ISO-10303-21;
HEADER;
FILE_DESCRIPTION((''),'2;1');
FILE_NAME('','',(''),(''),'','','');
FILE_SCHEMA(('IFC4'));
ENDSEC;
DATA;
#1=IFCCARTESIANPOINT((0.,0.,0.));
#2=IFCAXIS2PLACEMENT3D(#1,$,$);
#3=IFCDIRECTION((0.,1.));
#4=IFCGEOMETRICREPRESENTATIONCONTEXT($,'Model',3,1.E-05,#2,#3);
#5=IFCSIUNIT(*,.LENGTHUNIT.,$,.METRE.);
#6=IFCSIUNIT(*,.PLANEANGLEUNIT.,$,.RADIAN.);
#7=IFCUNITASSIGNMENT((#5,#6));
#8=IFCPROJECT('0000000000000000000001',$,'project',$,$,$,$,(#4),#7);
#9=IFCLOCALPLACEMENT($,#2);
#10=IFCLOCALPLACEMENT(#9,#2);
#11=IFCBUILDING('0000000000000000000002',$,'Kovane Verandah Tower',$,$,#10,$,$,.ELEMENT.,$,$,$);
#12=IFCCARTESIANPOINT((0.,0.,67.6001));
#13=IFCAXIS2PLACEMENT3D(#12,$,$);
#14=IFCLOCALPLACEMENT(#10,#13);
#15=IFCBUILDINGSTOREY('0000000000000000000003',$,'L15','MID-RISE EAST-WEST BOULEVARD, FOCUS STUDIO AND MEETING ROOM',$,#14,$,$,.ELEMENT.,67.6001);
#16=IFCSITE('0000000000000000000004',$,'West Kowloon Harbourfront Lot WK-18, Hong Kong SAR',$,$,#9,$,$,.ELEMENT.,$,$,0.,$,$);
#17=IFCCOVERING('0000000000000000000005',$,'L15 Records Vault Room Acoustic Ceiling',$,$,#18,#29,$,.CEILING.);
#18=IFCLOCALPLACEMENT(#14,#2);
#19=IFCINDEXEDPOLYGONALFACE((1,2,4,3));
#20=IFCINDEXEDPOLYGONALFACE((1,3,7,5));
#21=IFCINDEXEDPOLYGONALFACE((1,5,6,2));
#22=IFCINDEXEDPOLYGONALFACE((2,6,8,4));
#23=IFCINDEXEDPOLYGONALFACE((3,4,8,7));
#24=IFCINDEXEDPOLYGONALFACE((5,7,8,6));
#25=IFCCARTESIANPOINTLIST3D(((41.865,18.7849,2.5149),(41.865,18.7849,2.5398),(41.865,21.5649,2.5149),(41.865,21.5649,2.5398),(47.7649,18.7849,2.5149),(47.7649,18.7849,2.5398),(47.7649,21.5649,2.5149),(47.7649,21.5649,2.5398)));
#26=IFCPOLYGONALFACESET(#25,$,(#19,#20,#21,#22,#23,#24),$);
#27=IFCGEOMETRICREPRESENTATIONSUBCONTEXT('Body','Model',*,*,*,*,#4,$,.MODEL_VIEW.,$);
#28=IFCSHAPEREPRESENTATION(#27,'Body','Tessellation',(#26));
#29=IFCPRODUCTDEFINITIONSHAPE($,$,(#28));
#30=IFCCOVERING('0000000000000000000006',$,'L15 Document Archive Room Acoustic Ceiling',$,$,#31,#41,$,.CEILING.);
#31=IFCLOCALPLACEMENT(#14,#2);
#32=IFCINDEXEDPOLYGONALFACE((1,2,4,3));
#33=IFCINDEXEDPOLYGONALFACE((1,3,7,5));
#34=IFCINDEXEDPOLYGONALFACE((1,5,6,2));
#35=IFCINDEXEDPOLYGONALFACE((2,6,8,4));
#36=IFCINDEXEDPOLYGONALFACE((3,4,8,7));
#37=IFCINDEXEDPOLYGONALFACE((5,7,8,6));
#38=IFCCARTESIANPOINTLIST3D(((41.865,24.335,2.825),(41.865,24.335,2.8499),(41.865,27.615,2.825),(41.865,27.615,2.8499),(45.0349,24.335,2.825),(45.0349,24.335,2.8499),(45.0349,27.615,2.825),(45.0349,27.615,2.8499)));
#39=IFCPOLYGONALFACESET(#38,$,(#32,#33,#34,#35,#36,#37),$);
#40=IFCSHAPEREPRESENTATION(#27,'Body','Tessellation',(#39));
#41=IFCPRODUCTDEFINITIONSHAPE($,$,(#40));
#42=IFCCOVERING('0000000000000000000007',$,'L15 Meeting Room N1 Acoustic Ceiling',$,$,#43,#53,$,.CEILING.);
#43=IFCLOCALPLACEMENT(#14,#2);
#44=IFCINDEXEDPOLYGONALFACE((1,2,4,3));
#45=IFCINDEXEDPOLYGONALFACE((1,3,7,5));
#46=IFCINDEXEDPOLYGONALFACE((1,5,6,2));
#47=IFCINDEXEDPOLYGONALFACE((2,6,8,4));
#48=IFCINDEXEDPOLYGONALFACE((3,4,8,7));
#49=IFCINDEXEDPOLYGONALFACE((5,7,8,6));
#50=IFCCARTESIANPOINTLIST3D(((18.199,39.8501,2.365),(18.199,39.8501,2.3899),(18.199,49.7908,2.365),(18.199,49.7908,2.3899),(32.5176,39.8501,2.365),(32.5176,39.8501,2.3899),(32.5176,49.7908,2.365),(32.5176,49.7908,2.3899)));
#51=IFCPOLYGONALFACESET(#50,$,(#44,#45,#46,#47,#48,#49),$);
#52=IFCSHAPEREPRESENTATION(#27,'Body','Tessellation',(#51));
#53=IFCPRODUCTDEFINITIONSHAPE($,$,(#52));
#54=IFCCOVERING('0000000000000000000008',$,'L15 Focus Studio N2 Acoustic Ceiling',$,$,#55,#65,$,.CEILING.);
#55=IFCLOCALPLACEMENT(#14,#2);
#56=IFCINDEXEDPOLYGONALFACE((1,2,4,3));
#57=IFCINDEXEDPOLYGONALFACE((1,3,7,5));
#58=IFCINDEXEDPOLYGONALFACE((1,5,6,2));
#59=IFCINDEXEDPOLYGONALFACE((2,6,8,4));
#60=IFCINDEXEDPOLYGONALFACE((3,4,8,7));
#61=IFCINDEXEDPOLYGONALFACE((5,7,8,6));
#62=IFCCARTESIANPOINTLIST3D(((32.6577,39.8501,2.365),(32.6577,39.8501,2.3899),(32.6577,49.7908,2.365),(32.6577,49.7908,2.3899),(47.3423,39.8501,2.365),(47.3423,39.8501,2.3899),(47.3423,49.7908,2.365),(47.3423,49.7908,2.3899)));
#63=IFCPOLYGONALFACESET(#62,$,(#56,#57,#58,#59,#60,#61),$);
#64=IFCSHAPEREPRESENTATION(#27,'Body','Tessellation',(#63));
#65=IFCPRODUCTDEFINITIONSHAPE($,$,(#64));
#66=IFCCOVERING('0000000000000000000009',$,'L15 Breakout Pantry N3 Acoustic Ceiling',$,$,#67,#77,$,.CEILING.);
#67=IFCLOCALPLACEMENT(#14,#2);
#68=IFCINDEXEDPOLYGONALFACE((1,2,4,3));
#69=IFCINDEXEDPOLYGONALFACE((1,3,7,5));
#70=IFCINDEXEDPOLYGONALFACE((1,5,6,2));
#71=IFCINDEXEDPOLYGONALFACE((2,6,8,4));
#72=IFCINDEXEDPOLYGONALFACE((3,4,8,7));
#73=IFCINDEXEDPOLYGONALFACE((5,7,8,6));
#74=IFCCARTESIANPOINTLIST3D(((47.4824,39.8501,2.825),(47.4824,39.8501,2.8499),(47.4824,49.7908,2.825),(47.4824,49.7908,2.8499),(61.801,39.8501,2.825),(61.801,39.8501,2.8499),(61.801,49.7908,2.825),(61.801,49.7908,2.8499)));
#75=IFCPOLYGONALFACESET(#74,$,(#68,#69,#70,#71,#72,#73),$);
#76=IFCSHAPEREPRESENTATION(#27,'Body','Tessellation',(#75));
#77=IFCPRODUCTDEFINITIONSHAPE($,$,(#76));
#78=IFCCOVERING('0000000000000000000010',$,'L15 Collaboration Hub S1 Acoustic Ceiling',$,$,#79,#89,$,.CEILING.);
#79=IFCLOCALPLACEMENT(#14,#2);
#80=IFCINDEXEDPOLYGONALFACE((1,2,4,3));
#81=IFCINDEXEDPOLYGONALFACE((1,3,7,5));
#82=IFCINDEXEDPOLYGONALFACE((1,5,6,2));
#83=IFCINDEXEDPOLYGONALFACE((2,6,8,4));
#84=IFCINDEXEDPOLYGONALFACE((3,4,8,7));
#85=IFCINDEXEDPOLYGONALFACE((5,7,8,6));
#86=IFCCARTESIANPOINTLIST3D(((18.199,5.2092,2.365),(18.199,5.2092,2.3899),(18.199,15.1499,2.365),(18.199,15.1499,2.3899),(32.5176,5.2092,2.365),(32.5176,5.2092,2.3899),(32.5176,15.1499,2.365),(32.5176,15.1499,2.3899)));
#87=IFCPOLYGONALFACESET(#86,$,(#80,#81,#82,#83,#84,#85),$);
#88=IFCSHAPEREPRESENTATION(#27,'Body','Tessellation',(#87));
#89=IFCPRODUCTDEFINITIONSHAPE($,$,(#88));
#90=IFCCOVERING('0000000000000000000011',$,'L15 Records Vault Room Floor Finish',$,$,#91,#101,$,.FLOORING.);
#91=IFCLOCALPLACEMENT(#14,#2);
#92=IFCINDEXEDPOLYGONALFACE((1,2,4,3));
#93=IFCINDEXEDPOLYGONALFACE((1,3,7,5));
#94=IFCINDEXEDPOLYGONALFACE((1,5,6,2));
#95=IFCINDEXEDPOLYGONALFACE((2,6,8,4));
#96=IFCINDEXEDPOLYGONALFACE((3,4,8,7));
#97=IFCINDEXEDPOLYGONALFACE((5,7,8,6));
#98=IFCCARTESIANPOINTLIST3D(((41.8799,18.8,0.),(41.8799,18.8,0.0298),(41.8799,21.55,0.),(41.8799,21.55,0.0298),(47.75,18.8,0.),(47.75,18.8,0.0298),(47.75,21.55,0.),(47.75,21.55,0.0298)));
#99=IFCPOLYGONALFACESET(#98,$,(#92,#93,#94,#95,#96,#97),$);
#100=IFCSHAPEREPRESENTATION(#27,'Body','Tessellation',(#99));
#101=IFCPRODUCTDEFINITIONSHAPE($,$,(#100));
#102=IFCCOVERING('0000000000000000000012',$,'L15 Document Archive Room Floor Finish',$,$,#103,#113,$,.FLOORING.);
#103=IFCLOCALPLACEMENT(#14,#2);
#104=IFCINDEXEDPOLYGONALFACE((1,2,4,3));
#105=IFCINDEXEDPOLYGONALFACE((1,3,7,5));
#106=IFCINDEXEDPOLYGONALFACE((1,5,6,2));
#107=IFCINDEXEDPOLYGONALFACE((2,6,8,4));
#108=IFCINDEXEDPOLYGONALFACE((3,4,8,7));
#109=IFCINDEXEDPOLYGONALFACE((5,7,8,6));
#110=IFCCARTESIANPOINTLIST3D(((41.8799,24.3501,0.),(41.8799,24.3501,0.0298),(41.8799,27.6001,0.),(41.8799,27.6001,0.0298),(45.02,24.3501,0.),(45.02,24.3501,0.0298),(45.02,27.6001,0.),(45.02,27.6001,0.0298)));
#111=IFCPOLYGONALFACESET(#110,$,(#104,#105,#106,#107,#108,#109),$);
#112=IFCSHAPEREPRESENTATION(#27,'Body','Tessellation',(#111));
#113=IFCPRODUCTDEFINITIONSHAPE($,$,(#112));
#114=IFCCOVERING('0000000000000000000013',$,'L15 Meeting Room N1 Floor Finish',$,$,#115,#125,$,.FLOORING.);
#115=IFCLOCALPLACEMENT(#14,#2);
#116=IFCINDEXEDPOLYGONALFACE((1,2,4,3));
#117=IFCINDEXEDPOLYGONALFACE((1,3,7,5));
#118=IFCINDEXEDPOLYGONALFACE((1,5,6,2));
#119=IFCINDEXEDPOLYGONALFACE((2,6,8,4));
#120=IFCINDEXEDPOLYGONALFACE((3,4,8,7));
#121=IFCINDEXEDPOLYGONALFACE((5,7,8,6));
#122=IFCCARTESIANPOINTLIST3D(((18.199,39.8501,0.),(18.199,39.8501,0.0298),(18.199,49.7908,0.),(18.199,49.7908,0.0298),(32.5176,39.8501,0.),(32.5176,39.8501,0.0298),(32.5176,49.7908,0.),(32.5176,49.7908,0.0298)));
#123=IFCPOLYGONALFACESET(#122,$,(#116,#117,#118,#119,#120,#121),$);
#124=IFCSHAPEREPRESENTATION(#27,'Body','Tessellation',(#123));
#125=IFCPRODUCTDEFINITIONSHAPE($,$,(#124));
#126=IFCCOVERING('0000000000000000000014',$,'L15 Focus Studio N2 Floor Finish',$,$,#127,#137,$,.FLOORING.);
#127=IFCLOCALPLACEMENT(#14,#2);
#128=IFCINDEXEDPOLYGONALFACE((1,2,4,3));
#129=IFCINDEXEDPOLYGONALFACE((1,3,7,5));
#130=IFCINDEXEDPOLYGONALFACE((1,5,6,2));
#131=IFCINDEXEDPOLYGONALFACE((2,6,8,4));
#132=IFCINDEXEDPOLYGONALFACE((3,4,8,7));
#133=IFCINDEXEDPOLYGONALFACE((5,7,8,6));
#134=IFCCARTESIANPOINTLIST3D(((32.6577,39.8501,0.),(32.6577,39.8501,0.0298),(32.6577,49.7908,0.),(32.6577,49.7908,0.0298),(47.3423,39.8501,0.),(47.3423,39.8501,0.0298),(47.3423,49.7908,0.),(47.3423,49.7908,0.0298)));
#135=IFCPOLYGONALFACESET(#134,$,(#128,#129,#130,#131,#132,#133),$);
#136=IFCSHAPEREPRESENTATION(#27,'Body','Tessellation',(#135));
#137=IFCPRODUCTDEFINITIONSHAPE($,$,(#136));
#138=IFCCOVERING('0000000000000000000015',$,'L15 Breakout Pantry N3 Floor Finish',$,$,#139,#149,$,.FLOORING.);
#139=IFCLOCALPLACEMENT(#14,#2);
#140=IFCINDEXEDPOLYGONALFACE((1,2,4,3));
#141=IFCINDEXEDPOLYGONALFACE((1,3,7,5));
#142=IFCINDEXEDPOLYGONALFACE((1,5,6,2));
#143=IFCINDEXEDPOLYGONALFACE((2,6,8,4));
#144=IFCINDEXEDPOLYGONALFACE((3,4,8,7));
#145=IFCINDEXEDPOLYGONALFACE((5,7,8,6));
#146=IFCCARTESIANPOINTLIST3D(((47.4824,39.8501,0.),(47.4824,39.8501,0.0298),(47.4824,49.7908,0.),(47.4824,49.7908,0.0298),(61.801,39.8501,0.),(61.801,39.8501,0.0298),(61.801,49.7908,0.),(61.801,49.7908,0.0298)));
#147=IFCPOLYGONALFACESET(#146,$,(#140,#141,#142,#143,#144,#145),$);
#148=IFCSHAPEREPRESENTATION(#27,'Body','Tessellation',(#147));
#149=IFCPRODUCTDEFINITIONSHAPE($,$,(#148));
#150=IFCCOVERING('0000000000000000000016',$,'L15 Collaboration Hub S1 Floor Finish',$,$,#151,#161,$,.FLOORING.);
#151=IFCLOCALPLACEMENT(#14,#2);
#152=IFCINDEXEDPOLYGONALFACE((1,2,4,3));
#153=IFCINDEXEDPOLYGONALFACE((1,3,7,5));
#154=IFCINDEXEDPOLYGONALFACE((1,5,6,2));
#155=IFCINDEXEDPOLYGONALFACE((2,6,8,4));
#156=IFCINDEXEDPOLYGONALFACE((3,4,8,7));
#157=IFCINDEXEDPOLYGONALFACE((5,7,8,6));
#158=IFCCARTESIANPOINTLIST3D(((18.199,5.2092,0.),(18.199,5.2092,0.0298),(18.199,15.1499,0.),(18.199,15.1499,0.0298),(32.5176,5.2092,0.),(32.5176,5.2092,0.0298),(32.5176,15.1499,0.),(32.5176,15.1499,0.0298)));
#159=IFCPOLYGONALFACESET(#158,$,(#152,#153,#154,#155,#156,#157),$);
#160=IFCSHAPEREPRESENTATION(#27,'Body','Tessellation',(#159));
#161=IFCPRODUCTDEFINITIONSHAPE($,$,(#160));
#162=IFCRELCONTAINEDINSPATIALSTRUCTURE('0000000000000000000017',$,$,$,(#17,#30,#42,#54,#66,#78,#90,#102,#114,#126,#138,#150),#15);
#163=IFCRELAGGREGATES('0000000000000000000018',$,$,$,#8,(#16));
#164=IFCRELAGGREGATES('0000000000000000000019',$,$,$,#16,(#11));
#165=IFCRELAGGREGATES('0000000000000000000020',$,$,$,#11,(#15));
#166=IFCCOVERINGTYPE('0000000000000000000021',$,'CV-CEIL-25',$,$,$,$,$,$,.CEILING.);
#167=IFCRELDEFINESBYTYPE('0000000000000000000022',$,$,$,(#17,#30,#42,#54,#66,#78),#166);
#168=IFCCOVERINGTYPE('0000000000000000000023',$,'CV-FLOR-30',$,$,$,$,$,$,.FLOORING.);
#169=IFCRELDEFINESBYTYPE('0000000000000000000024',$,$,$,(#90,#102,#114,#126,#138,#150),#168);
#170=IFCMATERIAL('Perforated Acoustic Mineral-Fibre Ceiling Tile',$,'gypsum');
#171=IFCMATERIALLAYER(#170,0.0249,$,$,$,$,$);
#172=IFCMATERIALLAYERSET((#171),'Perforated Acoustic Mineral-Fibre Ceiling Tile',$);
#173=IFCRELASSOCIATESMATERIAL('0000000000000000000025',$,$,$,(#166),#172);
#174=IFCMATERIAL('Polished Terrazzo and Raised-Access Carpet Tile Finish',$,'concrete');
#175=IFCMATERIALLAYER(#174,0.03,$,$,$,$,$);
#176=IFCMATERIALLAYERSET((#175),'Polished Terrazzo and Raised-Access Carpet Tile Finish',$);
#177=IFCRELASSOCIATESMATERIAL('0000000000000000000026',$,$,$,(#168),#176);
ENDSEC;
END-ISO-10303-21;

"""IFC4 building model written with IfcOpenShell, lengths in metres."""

from ifc_helpers import new_model, si_unit, direction, frame, origin, place, context, subcontext, project, spatial, polyline, outline, extrude, material, layer, layer_set, type_object, element, save


model = new_model("IFC4")

# Units and contexts
model_context = context("Model", 3, precision=1e-05, world=origin(), true_north=direction((0.0, 1.0)))
body_context = subcontext(model_context, "Body", "Model", "MODEL_VIEW")
ifc_project = project(units=[si_unit("LENGTHUNIT", "METRE"), si_unit("PLANEANGLEUNIT", "RADIAN")], contexts=[model_context])

# Site, building, storey
site_placement = place(None, origin())
site = spatial("IfcSite", under=ifc_project, at=site_placement, Name="West Kowloon Harbourfront Lot WK-18, Hong Kong SAR", CompositionType="ELEMENT", RefElevation=0.0)
building_placement = place(site_placement, origin())
building = spatial("IfcBuilding", under=site, at=building_placement, Name="Kovane Verandah Tower", CompositionType="ELEMENT")
storey_placement = place(building_placement, frame((0.0, 0.0, 67.6001)))
storey = spatial("IfcBuildingStorey", under=building, at=storey_placement, Name="L15", Description="MID-RISE EAST-WEST BOULEVARD, FOCUS STUDIO AND MEETING ROOM", CompositionType="ELEMENT", Elevation=67.6001)

# Coverings
ifc_material_1 = material(Name="Perforated Acoustic Mineral-Fibre Ceiling Tile", Category="gypsum")
ifc_layer_1 = layer(ifc_material_1, 0.0249)
ifc_layer_set_1 = layer_set([ifc_layer_1], Name="Perforated Acoustic Mineral-Fibre Ceiling Tile")
covering_type_1 = type_object("IfcCoveringType", Name="CV-CEIL-25", PredefinedType="CEILING", material=ifc_layer_set_1)
covering_1_placement = place(storey_placement, frame((0.0, 0.0, 2.5149)))
element("IfcCovering", 1, at=covering_1_placement, inside=storey, type_object=covering_type_1, Name="L15 Records Vault Room Acoustic Ceiling", PredefinedType="CEILING", context=body_context, shape_type="SweptSolid", body=[
    extrude(outline(polyline([(41.865, 18.7849), (47.7649, 18.7849), (47.7649, 21.5649), (41.865, 21.5649), (41.865, 18.7849)])), origin(), (0.0, 0.0, 1.0), 0.0249),
])
covering_2_placement = place(storey_placement, frame((0.0, 0.0, 2.825)))
element("IfcCovering", 2, at=covering_2_placement, inside=storey, type_object=covering_type_1, Name="L15 Document Archive Room Acoustic Ceiling", PredefinedType="CEILING", context=body_context, shape_type="SweptSolid", body=[
    extrude(outline(polyline([(41.865, 24.335), (45.0349, 24.335), (45.0349, 27.615), (41.865, 27.615), (41.865, 24.335)])), origin(), (0.0, 0.0, 1.0), 0.0249),
])
covering_3_placement = place(storey_placement, frame((0.0, 0.0, 2.365)))
element("IfcCovering", 3, at=covering_3_placement, inside=storey, type_object=covering_type_1, Name="L15 Meeting Room N1 Acoustic Ceiling", PredefinedType="CEILING", context=body_context, shape_type="SweptSolid", body=[
    extrude(outline(polyline([(18.199, 39.8501), (32.5176, 39.8501), (32.5176, 49.7908), (18.199, 49.7908), (18.199, 39.8501)])), origin(), (0.0, 0.0, 1.0), 0.0249),
])
covering_4_placement = place(storey_placement, frame((0.0, 0.0, 2.365)))
element("IfcCovering", 4, at=covering_4_placement, inside=storey, type_object=covering_type_1, Name="L15 Focus Studio N2 Acoustic Ceiling", PredefinedType="CEILING", context=body_context, shape_type="SweptSolid", body=[
    extrude(outline(polyline([(32.6577, 39.8501), (47.3423, 39.8501), (47.3423, 49.7908), (32.6577, 49.7908), (32.6577, 39.8501)])), origin(), (0.0, 0.0, 1.0), 0.0249),
])
covering_5_placement = place(storey_placement, frame((0.0, 0.0, 2.825)))
element("IfcCovering", 5, at=covering_5_placement, inside=storey, type_object=covering_type_1, Name="L15 Breakout Pantry N3 Acoustic Ceiling", PredefinedType="CEILING", context=body_context, shape_type="SweptSolid", body=[
    extrude(outline(polyline([(47.4824, 39.8501), (61.801, 39.8501), (61.801, 49.7908), (47.4824, 49.7908), (47.4824, 39.8501)])), origin(), (0.0, 0.0, 1.0), 0.0249),
])
covering_6_placement = place(storey_placement, frame((0.0, 0.0, 2.365)))
element("IfcCovering", 6, at=covering_6_placement, inside=storey, type_object=covering_type_1, Name="L15 Collaboration Hub S1 Acoustic Ceiling", PredefinedType="CEILING", context=body_context, shape_type="SweptSolid", body=[
    extrude(outline(polyline([(18.199, 5.2092), (32.5176, 5.2092), (32.5176, 15.1499), (18.199, 15.1499), (18.199, 5.2092)])), origin(), (0.0, 0.0, 1.0), 0.0249),
])
ifc_material_2 = material(Name="Polished Terrazzo and Raised-Access Carpet Tile Finish", Category="concrete")
ifc_layer_2 = layer(ifc_material_2, 0.03)
ifc_layer_set_2 = layer_set([ifc_layer_2], Name="Polished Terrazzo and Raised-Access Carpet Tile Finish")
covering_type_2 = type_object("IfcCoveringType", Name="CV-FLOR-30", PredefinedType="FLOORING", material=ifc_layer_set_2)
covering_7_placement = place(storey_placement, origin())
element("IfcCovering", 7, at=covering_7_placement, inside=storey, type_object=covering_type_2, Name="L15 Records Vault Room Floor Finish", PredefinedType="FLOORING", context=body_context, shape_type="SweptSolid", body=[
    extrude(outline(polyline([(41.8799, 18.8), (47.75, 18.8), (47.75, 21.55), (41.8799, 21.55), (41.8799, 18.8)])), origin(), (0.0, 0.0, 1.0), 0.0298),
])
covering_8_placement = place(storey_placement, origin())
element("IfcCovering", 8, at=covering_8_placement, inside=storey, type_object=covering_type_2, Name="L15 Document Archive Room Floor Finish", PredefinedType="FLOORING", context=body_context, shape_type="SweptSolid", body=[
    extrude(outline(polyline([(41.8799, 24.3501), (45.02, 24.3501), (45.02, 27.6001), (41.8799, 27.6001), (41.8799, 24.3501)])), origin(), (0.0, 0.0, 1.0), 0.0298),
])
covering_9_placement = place(storey_placement, origin())
element("IfcCovering", 9, at=covering_9_placement, inside=storey, type_object=covering_type_2, Name="L15 Meeting Room N1 Floor Finish", PredefinedType="FLOORING", context=body_context, shape_type="SweptSolid", body=[
    extrude(outline(polyline([(18.199, 39.8501), (32.5176, 39.8501), (32.5176, 49.7908), (18.199, 49.7908), (18.199, 39.8501)])), origin(), (0.0, 0.0, 1.0), 0.0298),
])
covering_10_placement = place(storey_placement, origin())
element("IfcCovering", 10, at=covering_10_placement, inside=storey, type_object=covering_type_2, Name="L15 Focus Studio N2 Floor Finish", PredefinedType="FLOORING", context=body_context, shape_type="SweptSolid", body=[
    extrude(outline(polyline([(32.6577, 39.8501), (47.3423, 39.8501), (47.3423, 49.7908), (32.6577, 49.7908), (32.6577, 39.8501)])), origin(), (0.0, 0.0, 1.0), 0.0298),
])
covering_11_placement = place(storey_placement, origin())
element("IfcCovering", 11, at=covering_11_placement, inside=storey, type_object=covering_type_2, Name="L15 Breakout Pantry N3 Floor Finish", PredefinedType="FLOORING", context=body_context, shape_type="SweptSolid", body=[
    extrude(outline(polyline([(47.4824, 39.8501), (61.801, 39.8501), (61.801, 49.7908), (47.4824, 49.7908), (47.4824, 39.8501)])), origin(), (0.0, 0.0, 1.0), 0.0298),
])
covering_12_placement = place(storey_placement, origin())
element("IfcCovering", 12, at=covering_12_placement, inside=storey, type_object=covering_type_2, Name="L15 Collaboration Hub S1 Floor Finish", PredefinedType="FLOORING", context=body_context, shape_type="SweptSolid", body=[
    extrude(outline(polyline([(18.199, 5.2092), (32.5176, 5.2092), (32.5176, 15.1499), (18.199, 15.1499), (18.199, 5.2092)])), origin(), (0.0, 0.0, 1.0), 0.0298),
])

save(model, "model.ifc")
